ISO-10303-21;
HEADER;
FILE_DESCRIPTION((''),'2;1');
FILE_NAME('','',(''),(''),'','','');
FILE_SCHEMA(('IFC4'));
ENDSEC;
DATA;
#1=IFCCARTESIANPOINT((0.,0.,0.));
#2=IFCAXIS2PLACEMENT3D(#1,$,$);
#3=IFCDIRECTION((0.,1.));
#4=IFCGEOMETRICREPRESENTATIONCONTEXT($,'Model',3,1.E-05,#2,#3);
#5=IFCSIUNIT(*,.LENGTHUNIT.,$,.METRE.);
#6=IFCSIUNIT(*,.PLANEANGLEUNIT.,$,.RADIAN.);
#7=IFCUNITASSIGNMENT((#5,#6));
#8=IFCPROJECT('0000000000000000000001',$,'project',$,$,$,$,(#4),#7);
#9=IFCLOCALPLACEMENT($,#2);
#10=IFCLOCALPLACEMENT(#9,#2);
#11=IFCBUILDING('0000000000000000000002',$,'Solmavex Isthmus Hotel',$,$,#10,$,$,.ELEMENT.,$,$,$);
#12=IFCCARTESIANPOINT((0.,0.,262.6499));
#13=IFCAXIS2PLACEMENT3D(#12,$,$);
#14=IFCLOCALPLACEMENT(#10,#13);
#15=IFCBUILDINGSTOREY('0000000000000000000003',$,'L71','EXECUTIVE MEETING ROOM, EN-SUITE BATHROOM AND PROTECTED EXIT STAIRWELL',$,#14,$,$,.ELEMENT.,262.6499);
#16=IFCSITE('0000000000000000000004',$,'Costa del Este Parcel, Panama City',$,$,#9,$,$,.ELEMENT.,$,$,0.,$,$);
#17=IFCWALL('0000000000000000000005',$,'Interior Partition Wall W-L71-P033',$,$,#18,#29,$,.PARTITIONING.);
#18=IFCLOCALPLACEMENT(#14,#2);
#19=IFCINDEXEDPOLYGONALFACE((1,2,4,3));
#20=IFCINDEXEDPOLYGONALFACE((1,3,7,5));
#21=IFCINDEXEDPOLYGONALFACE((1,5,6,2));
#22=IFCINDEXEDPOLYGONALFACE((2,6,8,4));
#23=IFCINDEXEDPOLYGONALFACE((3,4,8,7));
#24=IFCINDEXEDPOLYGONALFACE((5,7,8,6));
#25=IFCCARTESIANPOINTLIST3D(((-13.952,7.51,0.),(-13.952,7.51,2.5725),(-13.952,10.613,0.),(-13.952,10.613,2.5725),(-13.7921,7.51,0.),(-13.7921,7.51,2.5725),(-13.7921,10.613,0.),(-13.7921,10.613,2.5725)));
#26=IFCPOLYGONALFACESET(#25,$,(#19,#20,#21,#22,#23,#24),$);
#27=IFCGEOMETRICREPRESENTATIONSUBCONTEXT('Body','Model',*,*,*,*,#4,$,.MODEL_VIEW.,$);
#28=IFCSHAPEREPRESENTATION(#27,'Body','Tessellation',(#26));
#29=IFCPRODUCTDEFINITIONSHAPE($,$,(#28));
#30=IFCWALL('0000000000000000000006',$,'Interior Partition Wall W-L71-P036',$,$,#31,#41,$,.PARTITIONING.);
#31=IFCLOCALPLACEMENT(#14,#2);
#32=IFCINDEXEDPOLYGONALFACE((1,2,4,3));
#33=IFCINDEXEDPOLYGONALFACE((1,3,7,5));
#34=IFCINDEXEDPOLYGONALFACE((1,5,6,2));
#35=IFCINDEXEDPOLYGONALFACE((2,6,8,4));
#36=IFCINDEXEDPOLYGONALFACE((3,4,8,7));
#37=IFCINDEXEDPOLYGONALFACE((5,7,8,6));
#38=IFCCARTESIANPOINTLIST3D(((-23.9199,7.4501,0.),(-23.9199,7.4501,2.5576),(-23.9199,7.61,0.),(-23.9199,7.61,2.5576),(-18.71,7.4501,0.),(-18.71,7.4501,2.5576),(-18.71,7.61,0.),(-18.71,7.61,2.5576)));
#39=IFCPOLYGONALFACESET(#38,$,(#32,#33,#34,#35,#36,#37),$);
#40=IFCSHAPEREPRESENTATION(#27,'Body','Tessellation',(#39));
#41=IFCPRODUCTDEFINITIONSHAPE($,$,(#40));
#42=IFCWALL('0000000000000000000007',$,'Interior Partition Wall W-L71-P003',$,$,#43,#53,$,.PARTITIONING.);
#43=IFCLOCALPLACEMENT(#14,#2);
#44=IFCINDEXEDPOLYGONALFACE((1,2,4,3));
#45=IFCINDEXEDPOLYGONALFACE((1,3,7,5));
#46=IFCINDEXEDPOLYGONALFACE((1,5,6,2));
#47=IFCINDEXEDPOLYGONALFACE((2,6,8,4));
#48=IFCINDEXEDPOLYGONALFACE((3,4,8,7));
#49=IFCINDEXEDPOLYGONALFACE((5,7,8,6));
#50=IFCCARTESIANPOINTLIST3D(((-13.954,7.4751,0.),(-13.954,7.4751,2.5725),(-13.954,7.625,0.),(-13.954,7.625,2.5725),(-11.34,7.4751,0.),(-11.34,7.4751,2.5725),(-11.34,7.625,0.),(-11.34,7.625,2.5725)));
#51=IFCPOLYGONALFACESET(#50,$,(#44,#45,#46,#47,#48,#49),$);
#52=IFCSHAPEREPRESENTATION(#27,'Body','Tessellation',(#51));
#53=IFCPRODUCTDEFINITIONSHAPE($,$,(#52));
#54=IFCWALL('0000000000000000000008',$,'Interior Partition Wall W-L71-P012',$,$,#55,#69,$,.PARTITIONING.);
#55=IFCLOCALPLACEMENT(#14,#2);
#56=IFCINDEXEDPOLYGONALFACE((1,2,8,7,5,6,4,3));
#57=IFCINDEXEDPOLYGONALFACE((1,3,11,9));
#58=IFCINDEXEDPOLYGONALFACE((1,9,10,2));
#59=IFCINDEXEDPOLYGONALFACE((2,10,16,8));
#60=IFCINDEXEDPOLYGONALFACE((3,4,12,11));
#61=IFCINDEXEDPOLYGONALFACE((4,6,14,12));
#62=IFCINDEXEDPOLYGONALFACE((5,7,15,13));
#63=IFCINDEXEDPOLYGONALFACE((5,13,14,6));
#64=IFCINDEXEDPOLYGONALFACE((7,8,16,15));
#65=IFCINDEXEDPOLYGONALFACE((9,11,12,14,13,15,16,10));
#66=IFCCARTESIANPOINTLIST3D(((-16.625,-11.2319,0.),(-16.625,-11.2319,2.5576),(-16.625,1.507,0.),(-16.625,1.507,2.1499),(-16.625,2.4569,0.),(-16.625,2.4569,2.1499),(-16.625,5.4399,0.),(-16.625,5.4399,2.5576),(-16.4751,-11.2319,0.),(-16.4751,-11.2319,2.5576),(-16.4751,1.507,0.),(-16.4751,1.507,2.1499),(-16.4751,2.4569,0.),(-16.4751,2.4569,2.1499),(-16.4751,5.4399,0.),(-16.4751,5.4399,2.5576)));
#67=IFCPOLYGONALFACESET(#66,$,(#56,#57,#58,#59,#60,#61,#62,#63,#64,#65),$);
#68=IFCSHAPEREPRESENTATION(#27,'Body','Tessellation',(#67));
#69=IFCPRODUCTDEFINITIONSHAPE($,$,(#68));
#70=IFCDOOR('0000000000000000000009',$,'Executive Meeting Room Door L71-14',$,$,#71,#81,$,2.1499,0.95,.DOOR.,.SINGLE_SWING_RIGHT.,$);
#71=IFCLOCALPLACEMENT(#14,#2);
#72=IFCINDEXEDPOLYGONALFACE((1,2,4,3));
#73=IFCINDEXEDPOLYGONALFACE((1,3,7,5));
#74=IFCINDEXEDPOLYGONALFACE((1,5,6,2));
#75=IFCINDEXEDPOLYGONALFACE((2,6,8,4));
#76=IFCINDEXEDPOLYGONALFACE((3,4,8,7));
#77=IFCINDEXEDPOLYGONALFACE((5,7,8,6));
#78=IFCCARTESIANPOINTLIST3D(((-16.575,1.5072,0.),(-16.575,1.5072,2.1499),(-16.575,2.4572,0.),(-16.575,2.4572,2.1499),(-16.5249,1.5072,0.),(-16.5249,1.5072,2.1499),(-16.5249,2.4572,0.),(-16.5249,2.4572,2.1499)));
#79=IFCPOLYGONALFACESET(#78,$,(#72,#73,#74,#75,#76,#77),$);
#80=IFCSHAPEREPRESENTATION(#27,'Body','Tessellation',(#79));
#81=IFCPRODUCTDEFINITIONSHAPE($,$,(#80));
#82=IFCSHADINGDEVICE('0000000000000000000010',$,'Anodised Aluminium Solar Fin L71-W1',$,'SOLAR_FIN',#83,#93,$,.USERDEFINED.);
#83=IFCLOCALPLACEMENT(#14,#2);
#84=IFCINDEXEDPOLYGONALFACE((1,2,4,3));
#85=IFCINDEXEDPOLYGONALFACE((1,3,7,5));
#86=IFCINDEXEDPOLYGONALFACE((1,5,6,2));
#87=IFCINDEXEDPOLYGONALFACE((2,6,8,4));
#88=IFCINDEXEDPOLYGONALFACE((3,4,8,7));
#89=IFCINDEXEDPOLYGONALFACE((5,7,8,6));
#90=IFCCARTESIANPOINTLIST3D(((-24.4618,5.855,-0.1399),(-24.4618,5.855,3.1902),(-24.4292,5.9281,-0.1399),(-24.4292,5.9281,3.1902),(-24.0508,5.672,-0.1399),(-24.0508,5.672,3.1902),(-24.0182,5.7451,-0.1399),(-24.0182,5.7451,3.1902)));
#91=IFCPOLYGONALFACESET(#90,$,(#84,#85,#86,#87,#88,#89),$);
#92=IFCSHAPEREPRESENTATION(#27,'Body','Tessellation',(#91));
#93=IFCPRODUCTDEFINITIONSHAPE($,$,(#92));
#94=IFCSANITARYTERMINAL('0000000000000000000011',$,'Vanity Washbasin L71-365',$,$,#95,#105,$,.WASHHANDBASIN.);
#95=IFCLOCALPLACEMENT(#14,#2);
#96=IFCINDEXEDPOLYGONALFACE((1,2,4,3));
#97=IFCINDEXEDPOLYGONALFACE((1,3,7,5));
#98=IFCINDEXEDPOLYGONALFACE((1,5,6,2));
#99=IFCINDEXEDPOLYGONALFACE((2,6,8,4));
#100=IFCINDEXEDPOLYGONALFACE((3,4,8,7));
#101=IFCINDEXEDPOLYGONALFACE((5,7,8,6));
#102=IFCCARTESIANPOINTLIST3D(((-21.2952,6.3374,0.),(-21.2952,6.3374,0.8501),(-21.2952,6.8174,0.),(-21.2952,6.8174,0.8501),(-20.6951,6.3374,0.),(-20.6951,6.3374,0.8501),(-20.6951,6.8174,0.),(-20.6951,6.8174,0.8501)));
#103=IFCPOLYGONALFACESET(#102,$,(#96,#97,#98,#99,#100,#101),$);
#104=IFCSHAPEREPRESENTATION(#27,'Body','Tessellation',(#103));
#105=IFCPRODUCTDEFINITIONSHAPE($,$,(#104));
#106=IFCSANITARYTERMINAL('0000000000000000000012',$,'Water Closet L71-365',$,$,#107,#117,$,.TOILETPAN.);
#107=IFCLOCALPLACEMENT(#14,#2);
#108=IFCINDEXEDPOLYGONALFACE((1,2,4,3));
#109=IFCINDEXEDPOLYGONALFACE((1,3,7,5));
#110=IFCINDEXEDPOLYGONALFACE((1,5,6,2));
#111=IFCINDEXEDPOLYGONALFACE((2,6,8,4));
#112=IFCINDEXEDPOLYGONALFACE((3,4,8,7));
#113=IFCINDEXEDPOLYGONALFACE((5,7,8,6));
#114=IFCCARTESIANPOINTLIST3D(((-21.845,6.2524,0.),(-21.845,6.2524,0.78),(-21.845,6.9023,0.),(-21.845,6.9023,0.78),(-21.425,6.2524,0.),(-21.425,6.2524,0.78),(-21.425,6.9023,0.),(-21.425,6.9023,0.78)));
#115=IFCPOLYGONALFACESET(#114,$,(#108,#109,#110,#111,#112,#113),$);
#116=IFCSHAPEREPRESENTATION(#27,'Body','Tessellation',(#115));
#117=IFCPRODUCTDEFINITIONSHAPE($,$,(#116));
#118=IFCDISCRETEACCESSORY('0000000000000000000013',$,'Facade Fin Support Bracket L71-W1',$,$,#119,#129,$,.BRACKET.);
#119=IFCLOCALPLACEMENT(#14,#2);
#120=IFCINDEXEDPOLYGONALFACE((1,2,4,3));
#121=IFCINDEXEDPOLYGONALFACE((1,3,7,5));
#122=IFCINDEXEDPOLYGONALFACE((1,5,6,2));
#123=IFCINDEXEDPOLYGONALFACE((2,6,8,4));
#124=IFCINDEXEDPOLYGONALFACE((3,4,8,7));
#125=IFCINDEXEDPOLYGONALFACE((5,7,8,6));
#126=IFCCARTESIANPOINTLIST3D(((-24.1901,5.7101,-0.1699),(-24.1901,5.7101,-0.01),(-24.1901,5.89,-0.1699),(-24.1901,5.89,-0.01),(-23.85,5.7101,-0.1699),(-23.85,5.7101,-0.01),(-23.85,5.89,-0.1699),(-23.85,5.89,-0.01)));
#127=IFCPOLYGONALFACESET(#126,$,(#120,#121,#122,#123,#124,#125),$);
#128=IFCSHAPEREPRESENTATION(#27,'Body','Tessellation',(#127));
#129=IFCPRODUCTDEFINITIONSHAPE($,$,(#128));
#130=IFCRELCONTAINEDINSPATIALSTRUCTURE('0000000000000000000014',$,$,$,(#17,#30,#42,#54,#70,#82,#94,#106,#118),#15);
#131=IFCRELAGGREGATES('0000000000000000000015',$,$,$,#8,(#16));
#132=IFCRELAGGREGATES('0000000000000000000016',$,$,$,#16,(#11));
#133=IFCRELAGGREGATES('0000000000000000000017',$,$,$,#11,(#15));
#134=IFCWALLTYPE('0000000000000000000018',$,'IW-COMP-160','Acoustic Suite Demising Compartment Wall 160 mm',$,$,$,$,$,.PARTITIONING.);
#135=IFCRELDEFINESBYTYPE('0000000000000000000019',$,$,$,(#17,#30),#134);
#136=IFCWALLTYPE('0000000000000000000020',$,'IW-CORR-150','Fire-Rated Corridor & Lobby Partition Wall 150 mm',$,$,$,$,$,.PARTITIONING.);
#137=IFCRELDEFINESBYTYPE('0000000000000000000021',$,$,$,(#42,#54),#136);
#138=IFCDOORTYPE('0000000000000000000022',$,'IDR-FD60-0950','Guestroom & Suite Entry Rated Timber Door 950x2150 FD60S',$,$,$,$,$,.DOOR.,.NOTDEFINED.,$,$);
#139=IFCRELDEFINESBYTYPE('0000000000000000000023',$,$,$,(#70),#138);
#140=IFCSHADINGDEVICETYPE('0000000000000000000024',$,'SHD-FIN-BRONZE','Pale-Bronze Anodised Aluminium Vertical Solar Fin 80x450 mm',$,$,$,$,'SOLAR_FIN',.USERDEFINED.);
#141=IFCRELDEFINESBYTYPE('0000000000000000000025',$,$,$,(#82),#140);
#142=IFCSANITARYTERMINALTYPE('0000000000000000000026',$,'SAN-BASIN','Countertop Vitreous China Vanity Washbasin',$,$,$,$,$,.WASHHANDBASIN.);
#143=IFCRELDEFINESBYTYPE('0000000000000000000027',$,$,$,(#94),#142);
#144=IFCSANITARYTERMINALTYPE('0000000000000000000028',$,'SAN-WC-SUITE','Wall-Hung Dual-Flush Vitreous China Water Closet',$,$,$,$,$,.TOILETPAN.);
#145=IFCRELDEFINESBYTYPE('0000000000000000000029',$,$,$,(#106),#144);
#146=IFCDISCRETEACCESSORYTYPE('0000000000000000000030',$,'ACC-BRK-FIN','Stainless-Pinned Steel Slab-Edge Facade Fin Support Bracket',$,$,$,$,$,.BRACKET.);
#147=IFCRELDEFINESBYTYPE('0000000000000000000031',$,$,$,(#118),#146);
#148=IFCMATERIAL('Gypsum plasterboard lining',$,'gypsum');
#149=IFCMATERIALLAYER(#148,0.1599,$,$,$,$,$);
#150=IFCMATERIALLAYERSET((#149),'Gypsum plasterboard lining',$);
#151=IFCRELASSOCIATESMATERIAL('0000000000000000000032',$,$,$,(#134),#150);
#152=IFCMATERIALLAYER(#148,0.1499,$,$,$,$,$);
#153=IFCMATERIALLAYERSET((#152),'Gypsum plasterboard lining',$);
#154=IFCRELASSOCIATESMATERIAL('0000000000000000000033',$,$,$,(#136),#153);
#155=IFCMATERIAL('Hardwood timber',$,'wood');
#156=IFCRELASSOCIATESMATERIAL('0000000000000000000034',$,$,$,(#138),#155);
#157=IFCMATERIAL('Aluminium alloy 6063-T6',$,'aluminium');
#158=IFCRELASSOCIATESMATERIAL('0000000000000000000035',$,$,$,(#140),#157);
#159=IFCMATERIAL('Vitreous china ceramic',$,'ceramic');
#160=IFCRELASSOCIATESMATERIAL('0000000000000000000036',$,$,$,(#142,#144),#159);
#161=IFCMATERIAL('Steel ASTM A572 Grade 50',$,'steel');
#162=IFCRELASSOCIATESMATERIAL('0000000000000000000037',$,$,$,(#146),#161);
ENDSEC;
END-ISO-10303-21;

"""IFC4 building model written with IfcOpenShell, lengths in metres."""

from ifc_helpers import new_model, si_unit, direction, frame, frame_2d, origin, origin_2d, place, context, subcontext, project, spatial, rectangle, extrude, material, layer, layer_set, type_object, element, fill, save


model = new_model("IFC4")

# Units and contexts
model_context = context("Model", 3, precision=1e-05, world=origin(), true_north=direction((0.0, 1.0)))
body_context = subcontext(model_context, "Body", "Model", "MODEL_VIEW")
ifc_project = project(units=[si_unit("LENGTHUNIT", "METRE"), si_unit("PLANEANGLEUNIT", "RADIAN")], contexts=[model_context])

# Site, building, storey
site_placement = place(None, origin())
site = spatial("IfcSite", under=ifc_project, at=site_placement, Name="Costa del Este Parcel, Panama City", CompositionType="ELEMENT", RefElevation=0.0)
building_placement = place(site_placement, origin())
building = spatial("IfcBuilding", under=site, at=building_placement, Name="Solmavex Isthmus Hotel", CompositionType="ELEMENT")
storey_placement = place(building_placement, frame((0.0, 0.0, 262.6499)))
storey = spatial("IfcBuildingStorey", under=building, at=storey_placement, Name="L71", Description="EXECUTIVE MEETING ROOM, EN-SUITE BATHROOM AND PROTECTED EXIT STAIRWELL", CompositionType="ELEMENT", Elevation=262.6499)

# Shared definitions
ifc_material_1 = material(Name="Aluminium alloy 6063-T6", Category="aluminium")

# Walls
ifc_material_2 = material(Name="Gypsum plasterboard lining", Category="gypsum")
ifc_layer_1 = layer(ifc_material_2, 0.1599)
ifc_layer_set_1 = layer_set([ifc_layer_1], Name="Gypsum plasterboard lining")
wall_type_1 = type_object("IfcWallType", Name="IW-COMP-160", Description="Acoustic Suite Demising Compartment Wall 160 mm", PredefinedType="PARTITIONING", material=ifc_layer_set_1)
wall_1_placement = place(storey_placement, frame((-13.8721, 10.613, 0.0), z_axis=(0.0, 0.0, 1.0), x_axis=(0.0, -1.0, 0.0)))
element("IfcWall", 1, at=wall_1_placement, inside=storey, type_object=wall_type_1, Name="Interior Partition Wall W-L71-P033", PredefinedType="PARTITIONING", context=body_context, shape_type="SweptSolid", body=[
    extrude(rectangle(XDim=3.103, YDim=0.1599, at=frame_2d((1.5515, 0.0))), origin(), (0.0, 0.0, 1.0), 2.5725),
])
wall_2_placement = place(storey_placement, frame((-18.71, 7.53, 0.0), z_axis=(0.0, 0.0, 1.0), x_axis=(-1.0, 0.0, 0.0)))
element("IfcWall", 2, at=wall_2_placement, inside=storey, type_object=wall_type_1, Name="Interior Partition Wall W-L71-P036", PredefinedType="PARTITIONING", context=body_context, shape_type="SweptSolid", body=[
    extrude(rectangle(XDim=5.21, YDim=0.1599, at=frame_2d((2.605, 0.0))), origin(), (0.0, 0.0, 1.0), 2.5576),
])

# Shared definitions
ifc_layer_2 = layer(ifc_material_2, 0.1499)
ifc_layer_set_2 = layer_set([ifc_layer_2], Name="Gypsum plasterboard lining")
wall_type_2 = type_object("IfcWallType", Name="IW-CORR-150", Description="Fire-Rated Corridor & Lobby Partition Wall 150 mm", PredefinedType="PARTITIONING", material=ifc_layer_set_2)
ifc_material_3 = material(Name="Hardwood timber", Category="wood")
door_type = type_object("IfcDoorType", Name="IDR-FD60-0950", Description="Guestroom & Suite Entry Rated Timber Door 950x2150 FD60S", OperationType="NOTDEFINED", PredefinedType="DOOR", material=ifc_material_3)

# Wall
wall_3_placement = place(storey_placement, frame((-13.9541, 7.55, 0.0), z_axis=(0.0, 0.0, 1.0), x_axis=(1.0, 0.0, 0.0)))
element("IfcWall", 3, at=wall_3_placement, inside=storey, type_object=wall_type_2, Name="Interior Partition Wall W-L71-P003", PredefinedType="PARTITIONING", context=body_context, shape_type="SweptSolid", body=[
    extrude(rectangle(XDim=2.614, YDim=0.1499, at=frame_2d((1.3071, 0.0))), origin(), (0.0, 0.0, 1.0), 2.5725),
])

# Wall, opening, door
wall_4_placement = place(storey_placement, frame((-16.55, 5.4399, 0.0), z_axis=(0.0, 0.0, 1.0), x_axis=(0.0, -1.0, 0.0)))
wall_4 = element("IfcWall", 4, at=wall_4_placement, inside=storey, type_object=wall_type_2, Name="Interior Partition Wall W-L71-P012", PredefinedType="PARTITIONING", context=body_context, shape_type="SweptSolid", body=[
    extrude(rectangle(XDim=16.6719, YDim=0.1499, at=frame_2d((8.3359, 0.0))), origin(), (0.0, 0.0, 1.0), 2.5576),
])
opening_1_placement = place(wall_4_placement, frame((2.9829, 0.0, 0.0)))
opening_1 = element("IfcOpeningElement", 5, at=opening_1_placement, cuts=wall_4, PredefinedType="OPENING", context=body_context, shape_type="SweptSolid", body=[
    extrude(rectangle(XDim=0.95, YDim=2.1499, at=frame_2d((0.4751, 1.075))), frame((0.0, 0.085, 0.0), z_axis=(0.0, -1.0, 0.0), x_axis=(1.0, 0.0, 0.0)), (0.0, 0.0, 1.0), 0.1699),
])
door_1_placement = place(opening_1_placement, frame((0.95, 0.0, 0.0), z_axis=(0.0, 0.0, 1.0), x_axis=(-1.0, 0.0, 0.0)))
door_1 = element("IfcDoor", 6, at=door_1_placement, inside=storey, type_object=door_type, Name="Executive Meeting Room Door L71-14", OperationType="SINGLE_SWING_RIGHT", OverallHeight=2.1499, OverallWidth=0.95, PredefinedType="DOOR", context=body_context, shape_type="SweptSolid", body=[
    extrude(rectangle(XDim=0.95, YDim=2.1499, at=frame_2d((0.4751, 1.075))), frame((0.0, 0.0249, 0.0), z_axis=(0.0, -1.0, 0.0), x_axis=(1.0, 0.0, 0.0)), (0.0, 0.0, 1.0), 0.05),
])
fill(opening_1, door_1)

# Shading device
shading_device_type = type_object("IfcShadingDeviceType", Name="SHD-FIN-BRONZE", Description="Pale-Bronze Anodised Aluminium Vertical Solar Fin 80x450 mm", ElementType="SOLAR_FIN", PredefinedType="USERDEFINED", material=ifc_material_1)
shading_device_placement = place(storey_placement, frame((-24.24, 5.8, -0.1399), z_axis=(0.0, 0.0, 1.0), x_axis=(-0.913545, 0.406737, 0.0)))
element("IfcShadingDevice", 7, at=shading_device_placement, inside=storey, type_object=shading_device_type, Name="Anodised Aluminium Solar Fin L71-W1", ObjectType="SOLAR_FIN", PredefinedType="USERDEFINED", context=body_context, shape_type="SweptSolid", body=[
    extrude(rectangle(XDim=0.45, YDim=0.0801, at=origin_2d()), origin(), (0.0, 0.0, 1.0), 3.3301),
])

# Sanitary terminals
ifc_material_4 = material(Name="Vitreous china ceramic", Category="ceramic")
sanitary_terminal_type_1 = type_object("IfcSanitaryTerminalType", Name="SAN-BASIN", Description="Countertop Vitreous China Vanity Washbasin", PredefinedType="WASHHANDBASIN", material=ifc_material_4)
sanitary_terminal_1_placement = place(storey_placement, frame((-20.9951, 6.5774, 0.0), z_axis=(0.0, 0.0, 1.0), x_axis=(1.0, 0.0, 0.0)))
element("IfcSanitaryTerminal", 8, at=sanitary_terminal_1_placement, inside=storey, type_object=sanitary_terminal_type_1, Name="Vanity Washbasin L71-365", PredefinedType="WASHHANDBASIN", context=body_context, shape_type="SweptSolid", body=[
    extrude(rectangle(XDim=0.6001, YDim=0.48, at=origin_2d()), origin(), (0.0, 0.0, 1.0), 0.8501),
])
sanitary_terminal_type_2 = type_object("IfcSanitaryTerminalType", Name="SAN-WC-SUITE", Description="Wall-Hung Dual-Flush Vitreous China Water Closet", PredefinedType="TOILETPAN", material=ifc_material_4)
sanitary_terminal_2_placement = place(storey_placement, frame((-21.635, 6.5774, 0.0), z_axis=(0.0, 0.0, 1.0), x_axis=(1.0, 0.0, 0.0)))
element("IfcSanitaryTerminal", 9, at=sanitary_terminal_2_placement, inside=storey, type_object=sanitary_terminal_type_2, Name="Water Closet L71-365", PredefinedType="TOILETPAN", context=body_context, shape_type="SweptSolid", body=[
    extrude(rectangle(XDim=0.4199, YDim=0.6499, at=origin_2d()), origin(), (0.0, 0.0, 1.0), 0.78),
])

# Discrete accessory
ifc_material_5 = material(Name="Steel ASTM A572 Grade 50", Category="steel")
discrete_accessory_type = type_object("IfcDiscreteAccessoryType", Name="ACC-BRK-FIN", Description="Stainless-Pinned Steel Slab-Edge Facade Fin Support Bracket", PredefinedType="BRACKET", material=ifc_material_5)
discrete_accessory_placement = place(storey_placement, frame((-24.02, 5.8, -0.1699), z_axis=(0.0, 0.0, 1.0), x_axis=(-1.0, 0.0, 0.0)))
element("IfcDiscreteAccessory", 10, at=discrete_accessory_placement, inside=storey, type_object=discrete_accessory_type, Name="Facade Fin Support Bracket L71-W1", PredefinedType="BRACKET", context=body_context, shape_type="SweptSolid", body=[
    extrude(rectangle(XDim=0.3401, YDim=0.1799, at=origin_2d()), origin(), (0.0, 0.0, 1.0), 0.1599),
])

save(model, "model.ifc")
